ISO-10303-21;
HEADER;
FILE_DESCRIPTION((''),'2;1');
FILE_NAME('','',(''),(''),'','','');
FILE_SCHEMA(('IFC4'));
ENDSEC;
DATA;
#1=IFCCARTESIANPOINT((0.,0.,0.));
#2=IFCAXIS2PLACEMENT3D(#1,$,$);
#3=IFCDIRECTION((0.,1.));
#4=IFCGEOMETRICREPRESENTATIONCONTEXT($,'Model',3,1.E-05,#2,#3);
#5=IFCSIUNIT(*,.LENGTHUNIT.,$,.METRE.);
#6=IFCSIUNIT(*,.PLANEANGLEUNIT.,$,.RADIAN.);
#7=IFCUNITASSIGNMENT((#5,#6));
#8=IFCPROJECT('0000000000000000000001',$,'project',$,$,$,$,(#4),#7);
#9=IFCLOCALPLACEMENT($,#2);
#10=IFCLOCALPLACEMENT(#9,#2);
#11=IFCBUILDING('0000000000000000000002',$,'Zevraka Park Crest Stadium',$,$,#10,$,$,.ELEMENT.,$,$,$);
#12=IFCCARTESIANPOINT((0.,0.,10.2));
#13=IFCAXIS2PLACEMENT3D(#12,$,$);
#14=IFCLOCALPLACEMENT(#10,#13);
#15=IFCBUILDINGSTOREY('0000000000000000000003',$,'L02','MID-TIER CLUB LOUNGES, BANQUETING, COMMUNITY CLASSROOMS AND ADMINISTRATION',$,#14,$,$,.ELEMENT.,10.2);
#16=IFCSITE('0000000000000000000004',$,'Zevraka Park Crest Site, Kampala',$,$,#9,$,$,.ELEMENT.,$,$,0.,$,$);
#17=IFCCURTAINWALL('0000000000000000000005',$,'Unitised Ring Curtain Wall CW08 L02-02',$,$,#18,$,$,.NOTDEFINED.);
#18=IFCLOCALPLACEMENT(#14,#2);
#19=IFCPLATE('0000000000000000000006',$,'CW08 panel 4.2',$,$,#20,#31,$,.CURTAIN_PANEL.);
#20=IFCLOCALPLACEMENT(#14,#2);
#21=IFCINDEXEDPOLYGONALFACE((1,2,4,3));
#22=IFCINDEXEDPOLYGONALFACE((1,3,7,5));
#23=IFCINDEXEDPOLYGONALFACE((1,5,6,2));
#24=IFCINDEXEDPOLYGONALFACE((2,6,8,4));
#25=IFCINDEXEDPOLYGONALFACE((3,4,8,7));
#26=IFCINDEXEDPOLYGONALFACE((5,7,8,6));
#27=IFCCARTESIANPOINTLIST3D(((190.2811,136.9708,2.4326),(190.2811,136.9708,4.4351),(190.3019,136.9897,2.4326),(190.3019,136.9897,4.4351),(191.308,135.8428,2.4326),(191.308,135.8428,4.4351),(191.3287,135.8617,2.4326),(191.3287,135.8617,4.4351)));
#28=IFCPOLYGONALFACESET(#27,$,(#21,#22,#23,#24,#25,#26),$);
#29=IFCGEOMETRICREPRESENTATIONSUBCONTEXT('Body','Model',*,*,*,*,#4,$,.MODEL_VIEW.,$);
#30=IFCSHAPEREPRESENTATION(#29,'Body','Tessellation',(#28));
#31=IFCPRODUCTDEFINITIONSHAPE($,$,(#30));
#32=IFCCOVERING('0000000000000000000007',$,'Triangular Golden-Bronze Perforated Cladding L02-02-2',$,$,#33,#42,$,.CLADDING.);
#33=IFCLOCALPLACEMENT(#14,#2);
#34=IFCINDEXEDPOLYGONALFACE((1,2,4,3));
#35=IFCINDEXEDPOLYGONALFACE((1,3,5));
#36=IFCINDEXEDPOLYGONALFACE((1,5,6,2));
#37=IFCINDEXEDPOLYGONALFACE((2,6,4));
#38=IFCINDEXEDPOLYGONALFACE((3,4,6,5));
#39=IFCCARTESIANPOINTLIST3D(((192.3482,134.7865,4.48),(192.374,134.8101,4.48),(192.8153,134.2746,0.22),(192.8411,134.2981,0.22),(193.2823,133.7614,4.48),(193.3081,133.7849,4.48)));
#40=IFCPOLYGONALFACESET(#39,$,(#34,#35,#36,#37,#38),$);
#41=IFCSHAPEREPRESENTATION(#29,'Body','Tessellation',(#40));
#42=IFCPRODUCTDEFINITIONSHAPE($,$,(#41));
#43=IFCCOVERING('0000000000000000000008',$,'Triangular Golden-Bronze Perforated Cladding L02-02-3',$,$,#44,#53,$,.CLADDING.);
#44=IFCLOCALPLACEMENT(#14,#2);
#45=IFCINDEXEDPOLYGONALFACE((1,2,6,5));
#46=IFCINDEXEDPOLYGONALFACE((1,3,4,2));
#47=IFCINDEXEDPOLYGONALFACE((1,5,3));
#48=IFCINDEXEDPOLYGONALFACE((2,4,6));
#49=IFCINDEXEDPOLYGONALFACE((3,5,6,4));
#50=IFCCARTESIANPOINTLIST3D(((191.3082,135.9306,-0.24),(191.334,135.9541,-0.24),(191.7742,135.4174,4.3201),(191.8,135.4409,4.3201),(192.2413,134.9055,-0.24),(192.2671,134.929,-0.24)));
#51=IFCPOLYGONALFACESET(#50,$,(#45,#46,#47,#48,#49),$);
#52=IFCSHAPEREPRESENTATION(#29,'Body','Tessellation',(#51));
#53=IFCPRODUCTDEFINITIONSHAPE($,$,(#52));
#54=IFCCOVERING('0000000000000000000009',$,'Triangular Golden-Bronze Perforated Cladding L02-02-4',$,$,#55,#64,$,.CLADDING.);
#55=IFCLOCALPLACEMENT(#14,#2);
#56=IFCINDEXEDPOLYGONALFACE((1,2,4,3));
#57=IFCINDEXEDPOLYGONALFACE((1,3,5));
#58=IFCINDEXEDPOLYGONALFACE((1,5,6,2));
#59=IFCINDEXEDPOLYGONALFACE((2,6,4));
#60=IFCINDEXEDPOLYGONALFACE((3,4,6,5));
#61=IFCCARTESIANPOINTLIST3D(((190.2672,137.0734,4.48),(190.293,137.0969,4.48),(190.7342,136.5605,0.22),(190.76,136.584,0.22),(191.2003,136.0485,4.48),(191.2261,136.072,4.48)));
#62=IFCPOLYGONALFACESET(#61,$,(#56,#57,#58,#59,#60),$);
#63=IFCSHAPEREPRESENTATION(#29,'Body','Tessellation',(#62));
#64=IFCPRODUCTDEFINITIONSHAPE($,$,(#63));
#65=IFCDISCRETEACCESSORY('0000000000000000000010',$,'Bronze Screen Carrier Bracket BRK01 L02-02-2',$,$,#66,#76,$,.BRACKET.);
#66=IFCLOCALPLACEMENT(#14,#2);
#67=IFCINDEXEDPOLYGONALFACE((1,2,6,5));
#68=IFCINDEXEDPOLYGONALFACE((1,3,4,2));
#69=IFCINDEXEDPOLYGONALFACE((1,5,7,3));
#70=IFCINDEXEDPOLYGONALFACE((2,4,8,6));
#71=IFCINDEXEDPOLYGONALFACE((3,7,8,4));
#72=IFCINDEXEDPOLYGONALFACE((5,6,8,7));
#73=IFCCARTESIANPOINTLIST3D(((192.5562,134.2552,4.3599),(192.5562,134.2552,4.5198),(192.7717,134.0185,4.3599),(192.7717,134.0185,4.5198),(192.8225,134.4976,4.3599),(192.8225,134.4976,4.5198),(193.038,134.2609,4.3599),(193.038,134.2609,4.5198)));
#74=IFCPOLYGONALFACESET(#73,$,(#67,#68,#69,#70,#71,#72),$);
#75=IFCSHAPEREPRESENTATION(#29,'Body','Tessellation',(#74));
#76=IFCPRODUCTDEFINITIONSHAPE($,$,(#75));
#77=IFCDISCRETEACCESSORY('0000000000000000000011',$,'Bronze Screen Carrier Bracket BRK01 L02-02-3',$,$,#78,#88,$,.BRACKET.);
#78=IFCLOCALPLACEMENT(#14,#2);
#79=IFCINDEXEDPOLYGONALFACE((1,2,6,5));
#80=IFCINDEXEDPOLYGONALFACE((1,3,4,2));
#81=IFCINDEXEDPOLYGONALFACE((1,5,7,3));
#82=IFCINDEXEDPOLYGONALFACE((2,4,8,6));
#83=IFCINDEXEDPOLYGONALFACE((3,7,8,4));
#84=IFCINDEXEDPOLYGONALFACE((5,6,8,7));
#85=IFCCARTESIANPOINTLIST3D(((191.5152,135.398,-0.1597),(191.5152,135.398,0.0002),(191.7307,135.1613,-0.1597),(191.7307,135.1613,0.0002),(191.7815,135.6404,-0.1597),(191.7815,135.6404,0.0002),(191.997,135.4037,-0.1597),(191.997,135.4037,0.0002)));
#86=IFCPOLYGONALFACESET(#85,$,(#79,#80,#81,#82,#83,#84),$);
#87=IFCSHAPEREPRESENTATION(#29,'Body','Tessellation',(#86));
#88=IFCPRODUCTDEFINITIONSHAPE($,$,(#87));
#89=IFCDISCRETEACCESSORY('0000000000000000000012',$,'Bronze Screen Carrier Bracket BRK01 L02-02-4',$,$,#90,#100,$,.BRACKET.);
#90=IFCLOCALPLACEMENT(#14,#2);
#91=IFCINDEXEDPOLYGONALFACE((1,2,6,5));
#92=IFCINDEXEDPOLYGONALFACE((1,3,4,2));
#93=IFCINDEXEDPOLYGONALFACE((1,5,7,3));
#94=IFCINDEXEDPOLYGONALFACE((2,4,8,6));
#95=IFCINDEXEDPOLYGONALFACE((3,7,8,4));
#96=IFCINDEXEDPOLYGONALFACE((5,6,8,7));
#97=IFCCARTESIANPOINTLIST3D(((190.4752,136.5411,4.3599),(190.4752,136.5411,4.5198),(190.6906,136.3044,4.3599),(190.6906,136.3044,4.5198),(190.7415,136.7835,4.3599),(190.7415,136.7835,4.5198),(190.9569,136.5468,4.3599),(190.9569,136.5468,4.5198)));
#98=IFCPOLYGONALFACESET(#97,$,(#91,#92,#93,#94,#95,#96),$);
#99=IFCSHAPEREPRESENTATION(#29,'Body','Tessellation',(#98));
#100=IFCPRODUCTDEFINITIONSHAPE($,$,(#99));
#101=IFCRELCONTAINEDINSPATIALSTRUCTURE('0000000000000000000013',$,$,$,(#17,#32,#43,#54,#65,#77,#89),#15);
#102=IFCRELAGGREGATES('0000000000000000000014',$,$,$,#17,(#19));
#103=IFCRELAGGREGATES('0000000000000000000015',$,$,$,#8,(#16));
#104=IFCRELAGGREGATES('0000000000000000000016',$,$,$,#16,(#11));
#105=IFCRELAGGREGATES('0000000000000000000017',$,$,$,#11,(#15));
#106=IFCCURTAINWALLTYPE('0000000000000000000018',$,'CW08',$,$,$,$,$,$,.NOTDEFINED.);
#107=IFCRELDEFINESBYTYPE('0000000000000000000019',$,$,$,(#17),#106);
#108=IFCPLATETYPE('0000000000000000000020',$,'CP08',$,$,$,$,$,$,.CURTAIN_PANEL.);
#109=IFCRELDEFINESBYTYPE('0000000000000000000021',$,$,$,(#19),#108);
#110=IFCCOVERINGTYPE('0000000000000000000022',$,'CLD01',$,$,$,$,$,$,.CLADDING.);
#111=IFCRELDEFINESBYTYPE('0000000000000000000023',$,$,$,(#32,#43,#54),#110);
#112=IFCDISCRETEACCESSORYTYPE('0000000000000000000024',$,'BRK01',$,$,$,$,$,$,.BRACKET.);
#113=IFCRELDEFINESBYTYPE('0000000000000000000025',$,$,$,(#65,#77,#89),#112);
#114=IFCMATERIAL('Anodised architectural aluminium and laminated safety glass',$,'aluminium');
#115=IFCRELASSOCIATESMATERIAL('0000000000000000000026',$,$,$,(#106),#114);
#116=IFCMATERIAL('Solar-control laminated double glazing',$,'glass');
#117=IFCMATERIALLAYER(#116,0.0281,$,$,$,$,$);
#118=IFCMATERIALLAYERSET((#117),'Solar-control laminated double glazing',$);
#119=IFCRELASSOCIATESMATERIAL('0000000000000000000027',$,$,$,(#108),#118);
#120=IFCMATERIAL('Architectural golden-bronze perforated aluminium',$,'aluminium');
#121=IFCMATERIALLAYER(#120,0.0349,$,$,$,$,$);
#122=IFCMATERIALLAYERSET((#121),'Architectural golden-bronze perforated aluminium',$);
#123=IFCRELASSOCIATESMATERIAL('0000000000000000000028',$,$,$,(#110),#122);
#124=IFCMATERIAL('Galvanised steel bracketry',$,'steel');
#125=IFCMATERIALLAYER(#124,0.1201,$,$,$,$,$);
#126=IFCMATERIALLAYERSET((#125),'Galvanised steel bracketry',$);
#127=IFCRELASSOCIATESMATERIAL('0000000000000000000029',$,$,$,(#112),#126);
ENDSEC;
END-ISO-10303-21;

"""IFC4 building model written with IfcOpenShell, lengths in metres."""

from ifc_helpers import new_model, si_unit, direction, frame, origin, origin_2d, place, context, subcontext, project, spatial, polyline, rectangle, outline, extrude, material, layer, layer_set, type_object, element, aggregate, save


model = new_model("IFC4")

# Units and contexts
model_context = context("Model", 3, precision=1e-05, world=origin(), true_north=direction((0.0, 1.0)))
body_context = subcontext(model_context, "Body", "Model", "MODEL_VIEW")
ifc_project = project(units=[si_unit("LENGTHUNIT", "METRE"), si_unit("PLANEANGLEUNIT", "RADIAN")], contexts=[model_context])

# Site, building, storey
site_placement = place(None, origin())
site = spatial("IfcSite", under=ifc_project, at=site_placement, Name="Zevraka Park Crest Site, Kampala", CompositionType="ELEMENT", RefElevation=0.0)
building_placement = place(site_placement, origin())
building = spatial("IfcBuilding", under=site, at=building_placement, Name="Zevraka Park Crest Stadium", CompositionType="ELEMENT")
storey_placement = place(building_placement, frame((0.0, 0.0, 10.2)))
storey = spatial("IfcBuildingStorey", under=building, at=storey_placement, Name="L02", Description="MID-TIER CLUB LOUNGES, BANQUETING, COMMUNITY CLASSROOMS AND ADMINISTRATION", CompositionType="ELEMENT", Elevation=10.2)

# Curtain wall, plate
ifc_material_1 = material(Name="Anodised architectural aluminium and laminated safety glass", Category="aluminium")
curtain_wall_type = type_object("IfcCurtainWallType", Name="CW08", PredefinedType="NOTDEFINED", material=ifc_material_1)
curtain_wall_placement = place(storey_placement, origin())
curtain_wall = element("IfcCurtainWall", 1, at=curtain_wall_placement, inside=storey, type_object=curtain_wall_type, Name="Unitised Ring Curtain Wall CW08 L02-02", PredefinedType="NOTDEFINED")
ifc_material_2 = material(Name="Solar-control laminated double glazing", Category="glass")
ifc_layer_1 = layer(ifc_material_2, 0.0281)
ifc_layer_set_1 = layer_set([ifc_layer_1], Name="Solar-control laminated double glazing")
plate_type = type_object("IfcPlateType", Name="CP08", PredefinedType="CURTAIN_PANEL", material=ifc_layer_set_1)
plate_1_placement = place(storey_placement, frame((190.8049, 136.4163, 2.4326), z_axis=(0.0, 0.0, 1.0), x_axis=(-0.67316, 0.739497, 0.0)))
plate_1 = element("IfcPlate", 2, at=plate_1_placement, type_object=plate_type, Name="CW08 panel 4.2", PredefinedType="CURTAIN_PANEL", context=body_context, shape_type="SweptSolid", body=[
    extrude(rectangle(XDim=1.5254, YDim=0.0281, at=origin_2d()), origin(), (0.0, 0.0, 1.0), 2.0024),
])
aggregate(curtain_wall, [plate_1])

# Coverings
ifc_material_3 = material(Name="Architectural golden-bronze perforated aluminium", Category="aluminium")
ifc_layer_2 = layer(ifc_material_3, 0.0349)
ifc_layer_set_2 = layer_set([ifc_layer_2], Name="Architectural golden-bronze perforated aluminium")
covering_type = type_object("IfcCoveringType", Name="CLD01", PredefinedType="CLADDING", material=ifc_layer_set_2)
covering_1_placement = place(storey_placement, frame((192.374, 134.8101, 4.48), z_axis=(0.739175, 0.673514, 0.000096), x_axis=(0.673514, -0.739175, 0.0)))
element("IfcCovering", 3, at=covering_1_placement, inside=storey, type_object=covering_type, Name="Triangular Golden-Bronze Perforated Cladding L02-02-2", PredefinedType="CLADDING", context=body_context, shape_type="SweptSolid", body=[
    extrude(outline(polyline([(0.0, 0.0), (1.3869, 0.0), (0.693, 4.26), (0.0, 0.0)])), origin(), (0.0, 0.0, -1.0), 0.0349),
])
covering_2_placement = place(storey_placement, frame((192.2671, 134.929, -0.24), z_axis=(0.739526, 0.673128, 0.000169), x_axis=(-0.673129, 0.739526, 0.0)))
element("IfcCovering", 4, at=covering_2_placement, inside=storey, type_object=covering_type, Name="Triangular Golden-Bronze Perforated Cladding L02-02-3", PredefinedType="CLADDING", context=body_context, shape_type="SweptSolid", body=[
    extrude(outline(polyline([(0.0, 0.0), (1.3862, 0.0), (0.693, 4.5601), (0.0, 0.0)])), origin(), (0.0, 0.0, -1.0), 0.0349),
])
covering_3_placement = place(storey_placement, frame((190.293, 137.0969, 4.48), z_axis=(0.739446, 0.673216, 0.000008), x_axis=(0.673216, -0.739446, 0.0)))
element("IfcCovering", 5, at=covering_3_placement, inside=storey, type_object=covering_type, Name="Triangular Golden-Bronze Perforated Cladding L02-02-4", PredefinedType="CLADDING", context=body_context, shape_type="SweptSolid", body=[
    extrude(outline(polyline([(0.0, 0.0), (1.386, 0.0), (0.6937, 4.26), (0.0, 0.0)])), origin(), (0.0, 0.0, -1.0), 0.0349),
])

# Discrete accessories
ifc_material_4 = material(Name="Galvanised steel bracketry", Category="steel")
ifc_layer_3 = layer(ifc_material_4, 0.1201)
ifc_layer_set_3 = layer_set([ifc_layer_3], Name="Galvanised steel bracketry")
discrete_accessory_type = type_object("IfcDiscreteAccessoryType", Name="BRK01", PredefinedType="BRACKET", material=ifc_layer_set_3)
for number, where, z_axis, x_axis, name in (
    (6, (192.7971, 134.2581, 4.3599), (0.0, 0.0, 1.0), (-0.673142, 0.739514, 0.0), "Bronze Screen Carrier Bracket BRK01 L02-02-2"),
    (7, (191.7561, 135.4009, -0.1597), (0.0, 0.0, 1.0), (-0.673142, 0.739514, 0.0), "Bronze Screen Carrier Bracket BRK01 L02-02-3"),
    (8, (190.7161, 136.5439, 4.3599), (0.0, 0.0, 1.0), (-0.673142, 0.739514, 0.0), "Bronze Screen Carrier Bracket BRK01 L02-02-4"),
):
    element("IfcDiscreteAccessory", number, at=place(storey_placement, frame(where, z_axis=z_axis, x_axis=x_axis)), inside=storey, type_object=discrete_accessory_type, Name=name, PredefinedType="BRACKET", context=body_context, shape_type="SweptSolid", body=[
        extrude(rectangle(XDim=0.3201, YDim=0.3601, at=origin_2d()), origin(), (0.0, 0.0, 1.0), 0.1599),
    ])

save(model, "model.ifc")
